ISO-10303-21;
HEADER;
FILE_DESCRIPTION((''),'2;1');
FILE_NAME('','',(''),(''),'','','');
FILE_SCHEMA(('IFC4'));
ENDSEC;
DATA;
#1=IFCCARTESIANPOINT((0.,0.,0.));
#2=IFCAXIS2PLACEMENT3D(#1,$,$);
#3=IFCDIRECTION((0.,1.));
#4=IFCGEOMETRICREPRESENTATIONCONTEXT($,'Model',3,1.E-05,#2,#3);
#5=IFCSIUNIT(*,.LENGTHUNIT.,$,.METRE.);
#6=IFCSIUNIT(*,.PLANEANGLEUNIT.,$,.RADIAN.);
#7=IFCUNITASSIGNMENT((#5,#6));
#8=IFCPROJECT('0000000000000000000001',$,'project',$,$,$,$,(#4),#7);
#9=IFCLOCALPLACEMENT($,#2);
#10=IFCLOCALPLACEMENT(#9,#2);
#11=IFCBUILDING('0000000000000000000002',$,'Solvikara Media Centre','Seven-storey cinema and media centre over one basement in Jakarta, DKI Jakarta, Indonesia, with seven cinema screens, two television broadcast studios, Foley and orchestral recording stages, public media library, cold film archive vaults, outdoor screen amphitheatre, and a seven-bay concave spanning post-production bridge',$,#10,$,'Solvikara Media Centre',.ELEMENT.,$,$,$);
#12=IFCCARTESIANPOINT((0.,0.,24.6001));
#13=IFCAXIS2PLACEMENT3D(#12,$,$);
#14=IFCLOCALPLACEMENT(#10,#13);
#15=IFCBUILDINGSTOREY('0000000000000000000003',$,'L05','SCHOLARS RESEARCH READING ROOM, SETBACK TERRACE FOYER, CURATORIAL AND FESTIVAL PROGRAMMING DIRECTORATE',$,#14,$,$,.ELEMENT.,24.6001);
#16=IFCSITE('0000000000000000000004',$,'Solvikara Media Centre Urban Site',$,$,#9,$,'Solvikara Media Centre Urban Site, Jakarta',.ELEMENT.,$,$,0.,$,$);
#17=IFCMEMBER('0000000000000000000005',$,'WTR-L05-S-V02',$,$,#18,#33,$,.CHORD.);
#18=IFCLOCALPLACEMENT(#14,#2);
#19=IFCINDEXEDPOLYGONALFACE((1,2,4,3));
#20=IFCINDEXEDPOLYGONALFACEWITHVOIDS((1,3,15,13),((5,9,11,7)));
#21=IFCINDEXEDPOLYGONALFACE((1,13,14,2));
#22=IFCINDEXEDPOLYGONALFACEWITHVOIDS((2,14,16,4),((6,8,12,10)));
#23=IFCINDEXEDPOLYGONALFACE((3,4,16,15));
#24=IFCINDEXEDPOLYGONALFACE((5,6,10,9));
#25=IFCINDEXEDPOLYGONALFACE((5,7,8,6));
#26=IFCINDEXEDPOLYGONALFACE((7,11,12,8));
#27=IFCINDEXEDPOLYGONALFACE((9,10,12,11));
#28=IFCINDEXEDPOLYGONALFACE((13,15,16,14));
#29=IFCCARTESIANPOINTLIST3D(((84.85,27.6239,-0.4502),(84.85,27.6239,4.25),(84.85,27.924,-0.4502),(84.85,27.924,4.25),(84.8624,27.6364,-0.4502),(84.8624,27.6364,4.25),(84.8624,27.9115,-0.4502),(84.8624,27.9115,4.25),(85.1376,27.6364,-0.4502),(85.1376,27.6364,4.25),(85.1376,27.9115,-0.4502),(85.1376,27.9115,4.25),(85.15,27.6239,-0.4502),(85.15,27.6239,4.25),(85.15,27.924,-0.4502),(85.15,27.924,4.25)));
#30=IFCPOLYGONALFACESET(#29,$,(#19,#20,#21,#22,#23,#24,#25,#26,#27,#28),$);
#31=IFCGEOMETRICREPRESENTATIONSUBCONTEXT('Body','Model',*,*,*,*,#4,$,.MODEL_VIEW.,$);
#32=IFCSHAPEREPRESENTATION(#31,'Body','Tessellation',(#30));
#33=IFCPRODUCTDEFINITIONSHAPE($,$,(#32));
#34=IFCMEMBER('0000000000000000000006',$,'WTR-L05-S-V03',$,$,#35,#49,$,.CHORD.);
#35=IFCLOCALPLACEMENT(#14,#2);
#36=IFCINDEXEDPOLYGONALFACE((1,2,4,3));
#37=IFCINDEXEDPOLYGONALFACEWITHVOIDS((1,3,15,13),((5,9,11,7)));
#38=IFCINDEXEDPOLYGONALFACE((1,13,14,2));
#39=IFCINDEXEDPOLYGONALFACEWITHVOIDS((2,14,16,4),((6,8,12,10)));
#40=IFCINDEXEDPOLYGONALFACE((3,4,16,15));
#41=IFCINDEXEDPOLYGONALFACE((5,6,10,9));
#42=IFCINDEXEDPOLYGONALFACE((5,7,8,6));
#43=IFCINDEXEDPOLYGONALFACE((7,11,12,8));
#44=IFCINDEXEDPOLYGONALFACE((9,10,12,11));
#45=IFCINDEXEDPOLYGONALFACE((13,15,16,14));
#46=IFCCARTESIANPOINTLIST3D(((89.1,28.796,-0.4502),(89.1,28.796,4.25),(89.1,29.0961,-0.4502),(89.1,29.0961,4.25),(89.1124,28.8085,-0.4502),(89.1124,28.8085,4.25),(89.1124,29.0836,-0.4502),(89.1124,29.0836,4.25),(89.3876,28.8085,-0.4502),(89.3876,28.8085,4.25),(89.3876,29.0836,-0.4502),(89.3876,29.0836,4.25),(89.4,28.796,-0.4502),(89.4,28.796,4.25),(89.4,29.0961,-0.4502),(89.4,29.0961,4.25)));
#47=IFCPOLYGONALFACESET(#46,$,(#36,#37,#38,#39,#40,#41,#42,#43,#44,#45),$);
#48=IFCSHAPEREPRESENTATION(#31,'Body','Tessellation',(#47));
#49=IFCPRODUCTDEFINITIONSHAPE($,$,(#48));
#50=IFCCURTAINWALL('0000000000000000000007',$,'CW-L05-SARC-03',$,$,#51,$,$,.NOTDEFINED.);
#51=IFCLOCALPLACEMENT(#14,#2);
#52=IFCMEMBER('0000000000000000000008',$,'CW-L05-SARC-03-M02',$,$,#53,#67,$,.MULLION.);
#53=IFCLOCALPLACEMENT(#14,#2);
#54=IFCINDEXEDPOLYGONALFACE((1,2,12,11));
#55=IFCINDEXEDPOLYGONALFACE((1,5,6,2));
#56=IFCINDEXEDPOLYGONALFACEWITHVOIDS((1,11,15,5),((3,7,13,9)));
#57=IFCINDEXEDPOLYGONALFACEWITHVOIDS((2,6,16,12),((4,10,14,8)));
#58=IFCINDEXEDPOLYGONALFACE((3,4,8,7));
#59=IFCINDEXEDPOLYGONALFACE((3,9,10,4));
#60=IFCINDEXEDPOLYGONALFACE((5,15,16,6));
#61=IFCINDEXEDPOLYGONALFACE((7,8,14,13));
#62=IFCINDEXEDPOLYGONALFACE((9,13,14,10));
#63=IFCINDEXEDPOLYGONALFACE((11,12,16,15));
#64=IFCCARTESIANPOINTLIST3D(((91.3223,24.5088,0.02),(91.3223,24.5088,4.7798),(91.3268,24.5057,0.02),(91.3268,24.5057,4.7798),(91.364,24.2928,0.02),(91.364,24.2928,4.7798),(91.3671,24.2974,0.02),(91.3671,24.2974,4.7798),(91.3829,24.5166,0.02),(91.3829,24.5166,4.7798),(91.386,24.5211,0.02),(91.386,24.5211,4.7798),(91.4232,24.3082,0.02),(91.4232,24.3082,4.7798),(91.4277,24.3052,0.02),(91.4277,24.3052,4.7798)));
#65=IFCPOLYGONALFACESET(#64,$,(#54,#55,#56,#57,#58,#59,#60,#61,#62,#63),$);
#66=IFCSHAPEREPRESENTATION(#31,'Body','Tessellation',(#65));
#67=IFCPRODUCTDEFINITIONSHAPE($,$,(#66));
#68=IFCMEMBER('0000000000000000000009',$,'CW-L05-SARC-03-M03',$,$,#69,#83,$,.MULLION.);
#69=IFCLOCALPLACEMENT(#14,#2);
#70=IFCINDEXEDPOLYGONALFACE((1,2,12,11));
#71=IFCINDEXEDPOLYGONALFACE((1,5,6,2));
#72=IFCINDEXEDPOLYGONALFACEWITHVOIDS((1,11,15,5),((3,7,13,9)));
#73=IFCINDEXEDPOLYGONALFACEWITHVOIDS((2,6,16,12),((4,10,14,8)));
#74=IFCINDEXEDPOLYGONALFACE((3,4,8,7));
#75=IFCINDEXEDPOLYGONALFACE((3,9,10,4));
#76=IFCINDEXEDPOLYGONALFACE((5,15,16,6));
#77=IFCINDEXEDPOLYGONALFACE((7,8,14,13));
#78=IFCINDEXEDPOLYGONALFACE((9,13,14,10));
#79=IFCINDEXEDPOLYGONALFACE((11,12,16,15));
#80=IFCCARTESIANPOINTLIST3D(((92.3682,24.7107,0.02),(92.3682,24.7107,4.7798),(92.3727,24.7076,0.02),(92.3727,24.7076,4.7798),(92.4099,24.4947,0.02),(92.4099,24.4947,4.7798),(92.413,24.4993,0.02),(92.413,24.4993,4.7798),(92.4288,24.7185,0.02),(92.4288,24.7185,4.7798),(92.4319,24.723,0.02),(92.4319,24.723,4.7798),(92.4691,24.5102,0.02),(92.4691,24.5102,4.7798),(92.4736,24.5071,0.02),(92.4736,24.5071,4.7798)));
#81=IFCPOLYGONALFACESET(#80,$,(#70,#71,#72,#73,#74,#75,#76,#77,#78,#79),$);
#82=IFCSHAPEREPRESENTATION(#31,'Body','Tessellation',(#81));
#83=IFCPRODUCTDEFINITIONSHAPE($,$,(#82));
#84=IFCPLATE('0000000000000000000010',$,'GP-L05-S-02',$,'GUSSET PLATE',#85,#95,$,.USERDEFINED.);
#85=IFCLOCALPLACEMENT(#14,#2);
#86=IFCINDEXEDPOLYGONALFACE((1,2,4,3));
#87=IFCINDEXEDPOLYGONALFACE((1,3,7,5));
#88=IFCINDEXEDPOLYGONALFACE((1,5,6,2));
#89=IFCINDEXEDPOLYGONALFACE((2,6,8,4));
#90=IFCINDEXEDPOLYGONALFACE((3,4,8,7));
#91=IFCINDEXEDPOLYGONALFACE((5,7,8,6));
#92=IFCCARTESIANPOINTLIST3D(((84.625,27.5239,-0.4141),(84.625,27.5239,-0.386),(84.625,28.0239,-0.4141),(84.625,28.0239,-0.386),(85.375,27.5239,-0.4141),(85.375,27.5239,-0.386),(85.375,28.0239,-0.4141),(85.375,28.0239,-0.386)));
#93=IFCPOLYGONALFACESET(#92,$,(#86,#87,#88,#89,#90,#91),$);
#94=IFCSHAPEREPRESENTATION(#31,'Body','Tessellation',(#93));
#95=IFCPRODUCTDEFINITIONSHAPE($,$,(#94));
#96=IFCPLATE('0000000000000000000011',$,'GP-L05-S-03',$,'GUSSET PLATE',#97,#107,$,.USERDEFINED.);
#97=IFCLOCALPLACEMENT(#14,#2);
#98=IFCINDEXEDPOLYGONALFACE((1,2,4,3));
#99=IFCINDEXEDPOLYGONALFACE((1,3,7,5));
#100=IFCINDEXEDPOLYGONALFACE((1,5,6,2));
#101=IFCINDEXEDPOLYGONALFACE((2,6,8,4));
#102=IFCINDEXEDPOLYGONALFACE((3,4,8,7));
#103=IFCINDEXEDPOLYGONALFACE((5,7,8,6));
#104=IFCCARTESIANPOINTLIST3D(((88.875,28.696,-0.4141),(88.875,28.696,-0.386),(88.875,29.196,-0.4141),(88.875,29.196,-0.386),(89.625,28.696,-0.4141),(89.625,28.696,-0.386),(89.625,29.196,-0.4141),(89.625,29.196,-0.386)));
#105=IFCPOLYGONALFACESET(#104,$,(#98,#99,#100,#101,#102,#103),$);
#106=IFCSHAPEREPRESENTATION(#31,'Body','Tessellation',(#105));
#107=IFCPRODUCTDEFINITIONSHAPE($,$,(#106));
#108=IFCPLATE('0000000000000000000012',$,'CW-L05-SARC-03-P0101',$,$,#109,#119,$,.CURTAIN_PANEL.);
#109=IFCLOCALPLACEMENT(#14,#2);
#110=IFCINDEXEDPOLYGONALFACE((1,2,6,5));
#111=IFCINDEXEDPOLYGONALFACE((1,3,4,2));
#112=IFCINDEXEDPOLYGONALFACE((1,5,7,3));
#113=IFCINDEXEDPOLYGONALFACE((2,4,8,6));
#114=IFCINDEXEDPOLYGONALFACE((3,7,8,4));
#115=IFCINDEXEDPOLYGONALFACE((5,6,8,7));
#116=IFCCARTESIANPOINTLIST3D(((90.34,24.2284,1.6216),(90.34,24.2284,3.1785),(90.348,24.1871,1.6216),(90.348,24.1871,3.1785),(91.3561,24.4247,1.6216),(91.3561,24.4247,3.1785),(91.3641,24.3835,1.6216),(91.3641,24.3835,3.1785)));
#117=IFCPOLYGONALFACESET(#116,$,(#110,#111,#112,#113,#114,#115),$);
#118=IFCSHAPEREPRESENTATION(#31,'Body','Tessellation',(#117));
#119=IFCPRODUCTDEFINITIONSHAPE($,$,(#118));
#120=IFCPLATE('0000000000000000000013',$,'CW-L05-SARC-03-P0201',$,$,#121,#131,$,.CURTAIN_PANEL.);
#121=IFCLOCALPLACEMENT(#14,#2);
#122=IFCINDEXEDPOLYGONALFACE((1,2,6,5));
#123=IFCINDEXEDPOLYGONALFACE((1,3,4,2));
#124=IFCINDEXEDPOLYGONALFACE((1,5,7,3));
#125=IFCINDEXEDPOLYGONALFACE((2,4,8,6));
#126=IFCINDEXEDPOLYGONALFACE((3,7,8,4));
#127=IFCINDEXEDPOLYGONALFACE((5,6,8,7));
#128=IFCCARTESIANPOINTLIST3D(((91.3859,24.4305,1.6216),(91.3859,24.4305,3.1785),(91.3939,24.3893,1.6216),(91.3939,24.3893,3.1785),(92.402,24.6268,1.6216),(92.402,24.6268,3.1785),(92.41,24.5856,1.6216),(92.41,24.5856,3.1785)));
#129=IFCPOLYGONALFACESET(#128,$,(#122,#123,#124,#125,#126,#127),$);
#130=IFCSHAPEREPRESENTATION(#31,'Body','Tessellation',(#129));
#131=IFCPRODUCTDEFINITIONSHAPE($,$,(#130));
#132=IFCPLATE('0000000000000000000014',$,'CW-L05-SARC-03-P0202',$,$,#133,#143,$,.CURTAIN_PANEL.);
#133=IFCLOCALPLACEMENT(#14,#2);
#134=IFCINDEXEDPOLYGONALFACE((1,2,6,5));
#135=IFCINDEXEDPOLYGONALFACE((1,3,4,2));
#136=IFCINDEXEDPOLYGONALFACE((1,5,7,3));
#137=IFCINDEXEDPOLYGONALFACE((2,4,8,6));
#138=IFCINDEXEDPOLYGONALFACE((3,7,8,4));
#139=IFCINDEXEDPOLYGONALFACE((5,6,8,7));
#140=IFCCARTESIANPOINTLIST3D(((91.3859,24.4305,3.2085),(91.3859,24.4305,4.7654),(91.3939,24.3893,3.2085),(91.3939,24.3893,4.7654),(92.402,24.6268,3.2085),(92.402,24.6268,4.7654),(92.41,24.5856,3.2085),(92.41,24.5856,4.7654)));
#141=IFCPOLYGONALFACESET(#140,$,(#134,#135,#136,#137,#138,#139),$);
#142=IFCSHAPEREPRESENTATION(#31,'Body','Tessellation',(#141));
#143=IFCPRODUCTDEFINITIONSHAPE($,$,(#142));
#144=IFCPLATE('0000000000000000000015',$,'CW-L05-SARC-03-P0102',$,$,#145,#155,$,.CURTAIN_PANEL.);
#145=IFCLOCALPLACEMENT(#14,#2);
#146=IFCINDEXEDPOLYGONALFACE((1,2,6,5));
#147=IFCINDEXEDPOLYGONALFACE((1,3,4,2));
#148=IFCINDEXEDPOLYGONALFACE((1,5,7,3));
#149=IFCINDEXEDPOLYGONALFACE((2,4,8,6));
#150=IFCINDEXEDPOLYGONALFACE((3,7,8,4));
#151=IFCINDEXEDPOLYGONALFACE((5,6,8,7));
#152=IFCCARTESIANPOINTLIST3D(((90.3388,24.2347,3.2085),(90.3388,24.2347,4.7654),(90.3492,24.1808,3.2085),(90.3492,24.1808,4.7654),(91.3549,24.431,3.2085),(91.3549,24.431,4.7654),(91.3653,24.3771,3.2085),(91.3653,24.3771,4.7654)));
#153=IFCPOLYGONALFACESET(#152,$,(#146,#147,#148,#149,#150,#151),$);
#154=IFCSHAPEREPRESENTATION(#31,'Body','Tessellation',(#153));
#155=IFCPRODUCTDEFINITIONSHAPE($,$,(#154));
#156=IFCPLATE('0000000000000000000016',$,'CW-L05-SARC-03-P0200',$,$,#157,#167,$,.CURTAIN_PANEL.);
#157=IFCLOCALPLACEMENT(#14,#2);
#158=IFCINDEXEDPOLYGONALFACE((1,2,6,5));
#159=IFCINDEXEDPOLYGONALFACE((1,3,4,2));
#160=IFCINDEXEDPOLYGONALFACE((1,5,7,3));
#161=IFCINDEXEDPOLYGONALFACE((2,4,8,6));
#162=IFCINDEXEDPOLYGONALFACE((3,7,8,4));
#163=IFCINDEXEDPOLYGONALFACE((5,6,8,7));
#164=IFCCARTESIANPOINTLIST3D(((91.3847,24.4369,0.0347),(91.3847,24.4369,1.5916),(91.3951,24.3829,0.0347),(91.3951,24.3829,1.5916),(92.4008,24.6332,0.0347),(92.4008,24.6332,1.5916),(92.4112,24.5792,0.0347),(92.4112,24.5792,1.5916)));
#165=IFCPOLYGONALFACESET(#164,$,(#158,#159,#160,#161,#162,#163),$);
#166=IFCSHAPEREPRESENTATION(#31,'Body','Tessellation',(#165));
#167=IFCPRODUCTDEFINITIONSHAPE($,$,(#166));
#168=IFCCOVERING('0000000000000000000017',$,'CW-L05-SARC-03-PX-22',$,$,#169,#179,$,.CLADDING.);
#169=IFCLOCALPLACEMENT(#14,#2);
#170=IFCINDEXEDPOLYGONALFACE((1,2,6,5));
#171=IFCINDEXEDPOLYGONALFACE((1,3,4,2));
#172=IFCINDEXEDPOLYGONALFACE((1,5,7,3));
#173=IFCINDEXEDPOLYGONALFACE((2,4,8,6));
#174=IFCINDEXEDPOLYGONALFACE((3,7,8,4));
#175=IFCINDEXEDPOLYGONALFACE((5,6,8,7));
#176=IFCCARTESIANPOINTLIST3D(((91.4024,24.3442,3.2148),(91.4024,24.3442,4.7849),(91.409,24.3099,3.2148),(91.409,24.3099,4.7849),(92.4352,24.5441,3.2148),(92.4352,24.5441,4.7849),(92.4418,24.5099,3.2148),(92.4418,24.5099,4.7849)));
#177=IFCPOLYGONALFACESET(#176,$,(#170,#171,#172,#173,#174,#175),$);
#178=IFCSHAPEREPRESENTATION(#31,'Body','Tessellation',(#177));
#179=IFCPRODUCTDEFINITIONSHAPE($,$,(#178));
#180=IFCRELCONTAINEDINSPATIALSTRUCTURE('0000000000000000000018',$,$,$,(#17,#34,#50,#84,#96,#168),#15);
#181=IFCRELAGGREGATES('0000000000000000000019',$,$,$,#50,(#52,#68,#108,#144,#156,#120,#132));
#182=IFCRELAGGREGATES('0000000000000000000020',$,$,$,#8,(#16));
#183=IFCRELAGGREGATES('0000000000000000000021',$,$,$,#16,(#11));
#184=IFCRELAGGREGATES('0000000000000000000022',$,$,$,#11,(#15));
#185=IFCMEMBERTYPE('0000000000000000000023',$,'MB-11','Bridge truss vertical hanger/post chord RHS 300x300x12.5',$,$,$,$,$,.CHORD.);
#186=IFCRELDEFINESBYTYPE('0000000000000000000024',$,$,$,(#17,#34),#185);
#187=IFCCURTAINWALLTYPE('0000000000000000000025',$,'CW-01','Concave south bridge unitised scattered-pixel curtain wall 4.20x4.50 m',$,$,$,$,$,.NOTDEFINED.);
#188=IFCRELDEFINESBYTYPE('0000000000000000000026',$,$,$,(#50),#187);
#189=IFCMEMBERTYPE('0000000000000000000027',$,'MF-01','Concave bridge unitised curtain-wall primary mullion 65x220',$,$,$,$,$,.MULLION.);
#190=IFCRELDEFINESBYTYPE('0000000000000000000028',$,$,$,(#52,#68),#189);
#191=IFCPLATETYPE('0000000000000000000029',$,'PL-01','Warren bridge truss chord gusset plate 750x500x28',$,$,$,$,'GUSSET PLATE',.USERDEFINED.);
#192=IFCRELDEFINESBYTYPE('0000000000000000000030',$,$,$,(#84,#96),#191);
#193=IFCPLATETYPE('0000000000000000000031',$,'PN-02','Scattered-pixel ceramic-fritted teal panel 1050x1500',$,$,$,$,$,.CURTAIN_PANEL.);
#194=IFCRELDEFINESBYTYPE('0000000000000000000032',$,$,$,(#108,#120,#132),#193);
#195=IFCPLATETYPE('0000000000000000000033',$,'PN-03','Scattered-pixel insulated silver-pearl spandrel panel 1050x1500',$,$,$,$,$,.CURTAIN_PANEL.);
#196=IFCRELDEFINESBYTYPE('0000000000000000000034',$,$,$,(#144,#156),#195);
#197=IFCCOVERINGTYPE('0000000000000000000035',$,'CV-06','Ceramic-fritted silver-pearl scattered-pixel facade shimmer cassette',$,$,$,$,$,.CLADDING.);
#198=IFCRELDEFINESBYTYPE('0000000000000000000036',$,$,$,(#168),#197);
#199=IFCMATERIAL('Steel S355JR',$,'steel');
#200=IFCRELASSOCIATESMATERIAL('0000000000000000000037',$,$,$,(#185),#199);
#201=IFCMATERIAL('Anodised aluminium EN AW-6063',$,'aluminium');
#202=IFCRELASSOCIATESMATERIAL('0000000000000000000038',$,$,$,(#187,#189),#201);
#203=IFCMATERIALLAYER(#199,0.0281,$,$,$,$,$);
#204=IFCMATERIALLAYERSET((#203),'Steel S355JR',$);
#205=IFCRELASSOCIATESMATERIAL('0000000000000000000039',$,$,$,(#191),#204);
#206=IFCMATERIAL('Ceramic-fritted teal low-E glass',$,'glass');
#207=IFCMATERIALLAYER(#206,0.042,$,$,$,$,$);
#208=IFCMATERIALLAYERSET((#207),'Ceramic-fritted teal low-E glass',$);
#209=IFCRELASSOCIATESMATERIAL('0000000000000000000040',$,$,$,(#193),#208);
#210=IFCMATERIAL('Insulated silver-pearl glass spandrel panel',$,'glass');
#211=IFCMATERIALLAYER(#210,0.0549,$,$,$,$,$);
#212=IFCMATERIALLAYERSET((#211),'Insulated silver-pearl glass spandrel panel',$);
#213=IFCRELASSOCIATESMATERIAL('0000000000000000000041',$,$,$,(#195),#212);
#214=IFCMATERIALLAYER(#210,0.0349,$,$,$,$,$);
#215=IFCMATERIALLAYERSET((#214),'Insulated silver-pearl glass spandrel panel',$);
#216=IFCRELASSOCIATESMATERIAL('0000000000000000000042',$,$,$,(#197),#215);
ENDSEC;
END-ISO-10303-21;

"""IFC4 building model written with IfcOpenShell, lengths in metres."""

from ifc_helpers import new_model, si_unit, direction, frame, origin, origin_2d, place, context, subcontext, project, spatial, rectangle, hollow_rectangle, extrude, material, layer, layer_set, material_profile, profile_set, type_object, element, aggregate, save


model = new_model("IFC4")

# Units and contexts
model_context = context("Model", 3, precision=1e-05, world=origin(), true_north=direction((0.0, 1.0)))
body_context = subcontext(model_context, "Body", "Model", "MODEL_VIEW")
ifc_project = project(units=[si_unit("LENGTHUNIT", "METRE"), si_unit("PLANEANGLEUNIT", "RADIAN")], contexts=[model_context])

# Site, building, storey
site_placement = place(None, origin())
site = spatial("IfcSite", under=ifc_project, at=site_placement, Name="Solvikara Media Centre Urban Site", LongName="Solvikara Media Centre Urban Site, Jakarta", CompositionType="ELEMENT", RefElevation=0.0)
building_placement = place(site_placement, origin())
building = spatial("IfcBuilding", under=site, at=building_placement, Name="Solvikara Media Centre", Description="Seven-storey cinema and media centre over one basement in Jakarta, DKI Jakarta, Indonesia, with seven cinema screens, two television broadcast studios, Foley and orchestral recording stages, public media library, cold film archive vaults, outdoor screen amphitheatre, and a seven-bay concave spanning post-production bridge", LongName="Solvikara Media Centre", CompositionType="ELEMENT")
storey_placement = place(building_placement, frame((0.0, 0.0, 24.6001)))
storey = spatial("IfcBuildingStorey", under=building, at=storey_placement, Name="L05", Description="SCHOLARS RESEARCH READING ROOM, SETBACK TERRACE FOYER, CURATORIAL AND FESTIVAL PROGRAMMING DIRECTORATE", CompositionType="ELEMENT", Elevation=24.6001)

# Shared definitions
ifc_material_1 = material(Name="Steel S355JR", Category="steel")

# Members
ifc_material_profile_1 = material_profile(ifc_material_1, hollow_rectangle(XDim=0.3, YDim=0.3, WallThickness=0.0125, at=origin_2d()), Name="RHS 300x300x12.5")
ifc_profile_set_1 = profile_set([ifc_material_profile_1], Name="Steel S355JR")
member_type_1 = type_object("IfcMemberType", Name="MB-11", Description="Bridge truss vertical hanger/post chord RHS 300x300x12.5", PredefinedType="CHORD", material=ifc_profile_set_1)
for number, where, z_axis, x_axis, name in (
    (1, (85.0, 27.7739, -0.4502), (0.0, 0.0, 1.0), (1.0, 0.0, 0.0), "WTR-L05-S-V02"),
    (2, (89.25, 28.946, -0.4502), (0.0, 0.0, 1.0), (1.0, 0.0, 0.0), "WTR-L05-S-V03"),
):
    element("IfcMember", number, at=place(storey_placement, frame(where, z_axis=z_axis, x_axis=x_axis)), inside=storey, type_object=member_type_1, Name=name, PredefinedType="CHORD", context=body_context, shape_type="SweptSolid", body=[
        extrude(hollow_rectangle(XDim=0.3, YDim=0.3, WallThickness=0.0125, at=origin_2d()), origin(), (0.0, 0.0, 1.0), 4.7002),
    ])

# Curtain wall, members
ifc_material_2 = material(Name="Anodised aluminium EN AW-6063", Category="aluminium")
curtain_wall_type = type_object("IfcCurtainWallType", Name="CW-01", Description="Concave south bridge unitised scattered-pixel curtain wall 4.20x4.50 m", PredefinedType="NOTDEFINED", material=ifc_material_2)
curtain_wall_placement = place(storey_placement, origin())
curtain_wall = element("IfcCurtainWall", 3, at=curtain_wall_placement, inside=storey, type_object=curtain_wall_type, Name="CW-L05-SARC-03", PredefinedType="NOTDEFINED")
ifc_material_profile_2 = material_profile(ifc_material_2, hollow_rectangle(XDim=0.0649, YDim=0.22, WallThickness=0.0039, at=origin_2d()), Name="ALU-M 65x220x4")
ifc_profile_set_2 = profile_set([ifc_material_profile_2], Name="Anodised aluminium EN AW-6063")
member_type_2 = type_object("IfcMemberType", Name="MF-01", Description="Concave bridge unitised curtain-wall primary mullion 65x220", PredefinedType="MULLION", material=ifc_profile_set_2)
member_1_placement = place(storey_placement, frame((91.375, 24.407, 0.02), z_axis=(0.0, 0.0, 1.0), x_axis=(0.981843, 0.189695, 0.0)))
member_1 = element("IfcMember", 4, at=member_1_placement, type_object=member_type_2, Name="CW-L05-SARC-03-M02", PredefinedType="MULLION", context=body_context, shape_type="SweptSolid", body=[
    extrude(hollow_rectangle(XDim=0.0649, YDim=0.22, WallThickness=0.0039, at=origin_2d()), origin(), (0.0, 0.0, 1.0), 4.7598),
])
member_2_placement = place(storey_placement, frame((92.4209, 24.6089, 0.02), z_axis=(0.0, 0.0, 1.0), x_axis=(0.981843, 0.189695, 0.0)))
member_2 = element("IfcMember", 5, at=member_2_placement, type_object=member_type_2, Name="CW-L05-SARC-03-M03", PredefinedType="MULLION", context=body_context, shape_type="SweptSolid", body=[
    extrude(hollow_rectangle(XDim=0.0649, YDim=0.22, WallThickness=0.0039, at=origin_2d()), origin(), (0.0, 0.0, 1.0), 4.7598),
])

# Plates
ifc_layer_1 = layer(ifc_material_1, 0.0281)
ifc_layer_set_1 = layer_set([ifc_layer_1], Name="Steel S355JR")
plate_type_1 = type_object("IfcPlateType", Name="PL-01", Description="Warren bridge truss chord gusset plate 750x500x28", ElementType="GUSSET PLATE", PredefinedType="USERDEFINED", material=ifc_layer_set_1)
for number, where, z_axis, x_axis, name in (
    (6, (85.0, 27.7739, -0.4141), (0.0, 0.0, 1.0), (1.0, 0.0, 0.0), "GP-L05-S-02"),
    (7, (89.25, 28.946, -0.4141), (0.0, 0.0, 1.0), (1.0, 0.0, 0.0), "GP-L05-S-03"),
):
    element("IfcPlate", number, at=place(storey_placement, frame(where, z_axis=z_axis, x_axis=x_axis)), inside=storey, type_object=plate_type_1, Name=name, ObjectType="GUSSET PLATE", PredefinedType="USERDEFINED", context=body_context, shape_type="SweptSolid", body=[
        extrude(rectangle(XDim=0.75, YDim=0.5, at=origin_2d()), origin(), (0.0, 0.0, 1.0), 0.0281),
    ])

# Plates
ifc_material_3 = material(Name="Ceramic-fritted teal low-E glass", Category="glass")
ifc_layer_2 = layer(ifc_material_3, 0.042)
ifc_layer_set_2 = layer_set([ifc_layer_2], Name="Ceramic-fritted teal low-E glass")
plate_type_2 = type_object("IfcPlateType", Name="PN-02", Description="Scattered-pixel ceramic-fritted teal panel 1050x1500", PredefinedType="CURTAIN_PANEL", material=ifc_layer_set_2)
plate_1_placement = place(storey_placement, frame((90.8521, 24.3059, 1.6216), z_axis=(0.0, 0.0, 1.0), x_axis=(0.981843, 0.189695, 0.0)))
plate_1 = element("IfcPlate", 8, at=plate_1_placement, type_object=plate_type_2, Name="CW-L05-SARC-03-P0101", PredefinedType="CURTAIN_PANEL", context=body_context, shape_type="SweptSolid", body=[
    extrude(rectangle(XDim=1.0349, YDim=0.042, at=origin_2d()), origin(), (0.0, 0.0, 1.0), 1.5569),
])
plate_2_placement = place(storey_placement, frame((91.8979, 24.5081, 1.6216), z_axis=(0.0, 0.0, 1.0), x_axis=(0.981843, 0.189695, 0.0)))
plate_2 = element("IfcPlate", 9, at=plate_2_placement, type_object=plate_type_2, Name="CW-L05-SARC-03-P0201", PredefinedType="CURTAIN_PANEL", context=body_context, shape_type="SweptSolid", body=[
    extrude(rectangle(XDim=1.0349, YDim=0.042, at=origin_2d()), origin(), (0.0, 0.0, 1.0), 1.5569),
])
plate_3_placement = place(storey_placement, frame((91.8979, 24.5081, 3.2085), z_axis=(0.0, 0.0, 1.0), x_axis=(0.981843, 0.189695, 0.0)))
plate_3 = element("IfcPlate", 10, at=plate_3_placement, type_object=plate_type_2, Name="CW-L05-SARC-03-P0202", PredefinedType="CURTAIN_PANEL", context=body_context, shape_type="SweptSolid", body=[
    extrude(rectangle(XDim=1.0349, YDim=0.042, at=origin_2d()), origin(), (0.0, 0.0, 1.0), 1.5569),
])
ifc_material_4 = material(Name="Insulated silver-pearl glass spandrel panel", Category="glass")
ifc_layer_3 = layer(ifc_material_4, 0.0549)
ifc_layer_set_3 = layer_set([ifc_layer_3], Name="Insulated silver-pearl glass spandrel panel")
plate_type_3 = type_object("IfcPlateType", Name="PN-03", Description="Scattered-pixel insulated silver-pearl spandrel panel 1050x1500", PredefinedType="CURTAIN_PANEL", material=ifc_layer_set_3)
plate_4_placement = place(storey_placement, frame((90.8521, 24.3059, 3.2085), z_axis=(0.0, 0.0, 1.0), x_axis=(0.981843, 0.189695, 0.0)))
plate_4 = element("IfcPlate", 11, at=plate_4_placement, type_object=plate_type_3, Name="CW-L05-SARC-03-P0102", PredefinedType="CURTAIN_PANEL", context=body_context, shape_type="SweptSolid", body=[
    extrude(rectangle(XDim=1.0349, YDim=0.0549, at=origin_2d()), origin(), (0.0, 0.0, 1.0), 1.5569),
])
plate_5_placement = place(storey_placement, frame((91.8979, 24.5081, 0.0347), z_axis=(0.0, 0.0, 1.0), x_axis=(0.981843, 0.189695, 0.0)))
plate_5 = element("IfcPlate", 12, at=plate_5_placement, type_object=plate_type_3, Name="CW-L05-SARC-03-P0200", PredefinedType="CURTAIN_PANEL", context=body_context, shape_type="SweptSolid", body=[
    extrude(rectangle(XDim=1.0349, YDim=0.0549, at=origin_2d()), origin(), (0.0, 0.0, 1.0), 1.5569),
])
aggregate(curtain_wall, [member_1, member_2, plate_1, plate_4, plate_5, plate_2, plate_3])

# Covering
ifc_layer_4 = layer(ifc_material_4, 0.0349)
ifc_layer_set_4 = layer_set([ifc_layer_4], Name="Insulated silver-pearl glass spandrel panel")
covering_type = type_object("IfcCoveringType", Name="CV-06", Description="Ceramic-fritted silver-pearl scattered-pixel facade shimmer cassette", PredefinedType="CLADDING", material=ifc_layer_set_4)
covering_placement = place(storey_placement, frame((91.9221, 24.427, 3.2148), z_axis=(0.0, 0.0, 1.0), x_axis=(0.981767, 0.190089, 0.0)))
element("IfcCovering", 13, at=covering_placement, inside=storey, type_object=covering_type, Name="CW-L05-SARC-03-PX-22", PredefinedType="CLADDING", context=body_context, shape_type="SweptSolid", body=[
    extrude(rectangle(XDim=1.052, YDim=0.0349, at=origin_2d()), origin(), (0.0, 0.0, 1.0), 1.5701),
])

save(model, "model.ifc")
